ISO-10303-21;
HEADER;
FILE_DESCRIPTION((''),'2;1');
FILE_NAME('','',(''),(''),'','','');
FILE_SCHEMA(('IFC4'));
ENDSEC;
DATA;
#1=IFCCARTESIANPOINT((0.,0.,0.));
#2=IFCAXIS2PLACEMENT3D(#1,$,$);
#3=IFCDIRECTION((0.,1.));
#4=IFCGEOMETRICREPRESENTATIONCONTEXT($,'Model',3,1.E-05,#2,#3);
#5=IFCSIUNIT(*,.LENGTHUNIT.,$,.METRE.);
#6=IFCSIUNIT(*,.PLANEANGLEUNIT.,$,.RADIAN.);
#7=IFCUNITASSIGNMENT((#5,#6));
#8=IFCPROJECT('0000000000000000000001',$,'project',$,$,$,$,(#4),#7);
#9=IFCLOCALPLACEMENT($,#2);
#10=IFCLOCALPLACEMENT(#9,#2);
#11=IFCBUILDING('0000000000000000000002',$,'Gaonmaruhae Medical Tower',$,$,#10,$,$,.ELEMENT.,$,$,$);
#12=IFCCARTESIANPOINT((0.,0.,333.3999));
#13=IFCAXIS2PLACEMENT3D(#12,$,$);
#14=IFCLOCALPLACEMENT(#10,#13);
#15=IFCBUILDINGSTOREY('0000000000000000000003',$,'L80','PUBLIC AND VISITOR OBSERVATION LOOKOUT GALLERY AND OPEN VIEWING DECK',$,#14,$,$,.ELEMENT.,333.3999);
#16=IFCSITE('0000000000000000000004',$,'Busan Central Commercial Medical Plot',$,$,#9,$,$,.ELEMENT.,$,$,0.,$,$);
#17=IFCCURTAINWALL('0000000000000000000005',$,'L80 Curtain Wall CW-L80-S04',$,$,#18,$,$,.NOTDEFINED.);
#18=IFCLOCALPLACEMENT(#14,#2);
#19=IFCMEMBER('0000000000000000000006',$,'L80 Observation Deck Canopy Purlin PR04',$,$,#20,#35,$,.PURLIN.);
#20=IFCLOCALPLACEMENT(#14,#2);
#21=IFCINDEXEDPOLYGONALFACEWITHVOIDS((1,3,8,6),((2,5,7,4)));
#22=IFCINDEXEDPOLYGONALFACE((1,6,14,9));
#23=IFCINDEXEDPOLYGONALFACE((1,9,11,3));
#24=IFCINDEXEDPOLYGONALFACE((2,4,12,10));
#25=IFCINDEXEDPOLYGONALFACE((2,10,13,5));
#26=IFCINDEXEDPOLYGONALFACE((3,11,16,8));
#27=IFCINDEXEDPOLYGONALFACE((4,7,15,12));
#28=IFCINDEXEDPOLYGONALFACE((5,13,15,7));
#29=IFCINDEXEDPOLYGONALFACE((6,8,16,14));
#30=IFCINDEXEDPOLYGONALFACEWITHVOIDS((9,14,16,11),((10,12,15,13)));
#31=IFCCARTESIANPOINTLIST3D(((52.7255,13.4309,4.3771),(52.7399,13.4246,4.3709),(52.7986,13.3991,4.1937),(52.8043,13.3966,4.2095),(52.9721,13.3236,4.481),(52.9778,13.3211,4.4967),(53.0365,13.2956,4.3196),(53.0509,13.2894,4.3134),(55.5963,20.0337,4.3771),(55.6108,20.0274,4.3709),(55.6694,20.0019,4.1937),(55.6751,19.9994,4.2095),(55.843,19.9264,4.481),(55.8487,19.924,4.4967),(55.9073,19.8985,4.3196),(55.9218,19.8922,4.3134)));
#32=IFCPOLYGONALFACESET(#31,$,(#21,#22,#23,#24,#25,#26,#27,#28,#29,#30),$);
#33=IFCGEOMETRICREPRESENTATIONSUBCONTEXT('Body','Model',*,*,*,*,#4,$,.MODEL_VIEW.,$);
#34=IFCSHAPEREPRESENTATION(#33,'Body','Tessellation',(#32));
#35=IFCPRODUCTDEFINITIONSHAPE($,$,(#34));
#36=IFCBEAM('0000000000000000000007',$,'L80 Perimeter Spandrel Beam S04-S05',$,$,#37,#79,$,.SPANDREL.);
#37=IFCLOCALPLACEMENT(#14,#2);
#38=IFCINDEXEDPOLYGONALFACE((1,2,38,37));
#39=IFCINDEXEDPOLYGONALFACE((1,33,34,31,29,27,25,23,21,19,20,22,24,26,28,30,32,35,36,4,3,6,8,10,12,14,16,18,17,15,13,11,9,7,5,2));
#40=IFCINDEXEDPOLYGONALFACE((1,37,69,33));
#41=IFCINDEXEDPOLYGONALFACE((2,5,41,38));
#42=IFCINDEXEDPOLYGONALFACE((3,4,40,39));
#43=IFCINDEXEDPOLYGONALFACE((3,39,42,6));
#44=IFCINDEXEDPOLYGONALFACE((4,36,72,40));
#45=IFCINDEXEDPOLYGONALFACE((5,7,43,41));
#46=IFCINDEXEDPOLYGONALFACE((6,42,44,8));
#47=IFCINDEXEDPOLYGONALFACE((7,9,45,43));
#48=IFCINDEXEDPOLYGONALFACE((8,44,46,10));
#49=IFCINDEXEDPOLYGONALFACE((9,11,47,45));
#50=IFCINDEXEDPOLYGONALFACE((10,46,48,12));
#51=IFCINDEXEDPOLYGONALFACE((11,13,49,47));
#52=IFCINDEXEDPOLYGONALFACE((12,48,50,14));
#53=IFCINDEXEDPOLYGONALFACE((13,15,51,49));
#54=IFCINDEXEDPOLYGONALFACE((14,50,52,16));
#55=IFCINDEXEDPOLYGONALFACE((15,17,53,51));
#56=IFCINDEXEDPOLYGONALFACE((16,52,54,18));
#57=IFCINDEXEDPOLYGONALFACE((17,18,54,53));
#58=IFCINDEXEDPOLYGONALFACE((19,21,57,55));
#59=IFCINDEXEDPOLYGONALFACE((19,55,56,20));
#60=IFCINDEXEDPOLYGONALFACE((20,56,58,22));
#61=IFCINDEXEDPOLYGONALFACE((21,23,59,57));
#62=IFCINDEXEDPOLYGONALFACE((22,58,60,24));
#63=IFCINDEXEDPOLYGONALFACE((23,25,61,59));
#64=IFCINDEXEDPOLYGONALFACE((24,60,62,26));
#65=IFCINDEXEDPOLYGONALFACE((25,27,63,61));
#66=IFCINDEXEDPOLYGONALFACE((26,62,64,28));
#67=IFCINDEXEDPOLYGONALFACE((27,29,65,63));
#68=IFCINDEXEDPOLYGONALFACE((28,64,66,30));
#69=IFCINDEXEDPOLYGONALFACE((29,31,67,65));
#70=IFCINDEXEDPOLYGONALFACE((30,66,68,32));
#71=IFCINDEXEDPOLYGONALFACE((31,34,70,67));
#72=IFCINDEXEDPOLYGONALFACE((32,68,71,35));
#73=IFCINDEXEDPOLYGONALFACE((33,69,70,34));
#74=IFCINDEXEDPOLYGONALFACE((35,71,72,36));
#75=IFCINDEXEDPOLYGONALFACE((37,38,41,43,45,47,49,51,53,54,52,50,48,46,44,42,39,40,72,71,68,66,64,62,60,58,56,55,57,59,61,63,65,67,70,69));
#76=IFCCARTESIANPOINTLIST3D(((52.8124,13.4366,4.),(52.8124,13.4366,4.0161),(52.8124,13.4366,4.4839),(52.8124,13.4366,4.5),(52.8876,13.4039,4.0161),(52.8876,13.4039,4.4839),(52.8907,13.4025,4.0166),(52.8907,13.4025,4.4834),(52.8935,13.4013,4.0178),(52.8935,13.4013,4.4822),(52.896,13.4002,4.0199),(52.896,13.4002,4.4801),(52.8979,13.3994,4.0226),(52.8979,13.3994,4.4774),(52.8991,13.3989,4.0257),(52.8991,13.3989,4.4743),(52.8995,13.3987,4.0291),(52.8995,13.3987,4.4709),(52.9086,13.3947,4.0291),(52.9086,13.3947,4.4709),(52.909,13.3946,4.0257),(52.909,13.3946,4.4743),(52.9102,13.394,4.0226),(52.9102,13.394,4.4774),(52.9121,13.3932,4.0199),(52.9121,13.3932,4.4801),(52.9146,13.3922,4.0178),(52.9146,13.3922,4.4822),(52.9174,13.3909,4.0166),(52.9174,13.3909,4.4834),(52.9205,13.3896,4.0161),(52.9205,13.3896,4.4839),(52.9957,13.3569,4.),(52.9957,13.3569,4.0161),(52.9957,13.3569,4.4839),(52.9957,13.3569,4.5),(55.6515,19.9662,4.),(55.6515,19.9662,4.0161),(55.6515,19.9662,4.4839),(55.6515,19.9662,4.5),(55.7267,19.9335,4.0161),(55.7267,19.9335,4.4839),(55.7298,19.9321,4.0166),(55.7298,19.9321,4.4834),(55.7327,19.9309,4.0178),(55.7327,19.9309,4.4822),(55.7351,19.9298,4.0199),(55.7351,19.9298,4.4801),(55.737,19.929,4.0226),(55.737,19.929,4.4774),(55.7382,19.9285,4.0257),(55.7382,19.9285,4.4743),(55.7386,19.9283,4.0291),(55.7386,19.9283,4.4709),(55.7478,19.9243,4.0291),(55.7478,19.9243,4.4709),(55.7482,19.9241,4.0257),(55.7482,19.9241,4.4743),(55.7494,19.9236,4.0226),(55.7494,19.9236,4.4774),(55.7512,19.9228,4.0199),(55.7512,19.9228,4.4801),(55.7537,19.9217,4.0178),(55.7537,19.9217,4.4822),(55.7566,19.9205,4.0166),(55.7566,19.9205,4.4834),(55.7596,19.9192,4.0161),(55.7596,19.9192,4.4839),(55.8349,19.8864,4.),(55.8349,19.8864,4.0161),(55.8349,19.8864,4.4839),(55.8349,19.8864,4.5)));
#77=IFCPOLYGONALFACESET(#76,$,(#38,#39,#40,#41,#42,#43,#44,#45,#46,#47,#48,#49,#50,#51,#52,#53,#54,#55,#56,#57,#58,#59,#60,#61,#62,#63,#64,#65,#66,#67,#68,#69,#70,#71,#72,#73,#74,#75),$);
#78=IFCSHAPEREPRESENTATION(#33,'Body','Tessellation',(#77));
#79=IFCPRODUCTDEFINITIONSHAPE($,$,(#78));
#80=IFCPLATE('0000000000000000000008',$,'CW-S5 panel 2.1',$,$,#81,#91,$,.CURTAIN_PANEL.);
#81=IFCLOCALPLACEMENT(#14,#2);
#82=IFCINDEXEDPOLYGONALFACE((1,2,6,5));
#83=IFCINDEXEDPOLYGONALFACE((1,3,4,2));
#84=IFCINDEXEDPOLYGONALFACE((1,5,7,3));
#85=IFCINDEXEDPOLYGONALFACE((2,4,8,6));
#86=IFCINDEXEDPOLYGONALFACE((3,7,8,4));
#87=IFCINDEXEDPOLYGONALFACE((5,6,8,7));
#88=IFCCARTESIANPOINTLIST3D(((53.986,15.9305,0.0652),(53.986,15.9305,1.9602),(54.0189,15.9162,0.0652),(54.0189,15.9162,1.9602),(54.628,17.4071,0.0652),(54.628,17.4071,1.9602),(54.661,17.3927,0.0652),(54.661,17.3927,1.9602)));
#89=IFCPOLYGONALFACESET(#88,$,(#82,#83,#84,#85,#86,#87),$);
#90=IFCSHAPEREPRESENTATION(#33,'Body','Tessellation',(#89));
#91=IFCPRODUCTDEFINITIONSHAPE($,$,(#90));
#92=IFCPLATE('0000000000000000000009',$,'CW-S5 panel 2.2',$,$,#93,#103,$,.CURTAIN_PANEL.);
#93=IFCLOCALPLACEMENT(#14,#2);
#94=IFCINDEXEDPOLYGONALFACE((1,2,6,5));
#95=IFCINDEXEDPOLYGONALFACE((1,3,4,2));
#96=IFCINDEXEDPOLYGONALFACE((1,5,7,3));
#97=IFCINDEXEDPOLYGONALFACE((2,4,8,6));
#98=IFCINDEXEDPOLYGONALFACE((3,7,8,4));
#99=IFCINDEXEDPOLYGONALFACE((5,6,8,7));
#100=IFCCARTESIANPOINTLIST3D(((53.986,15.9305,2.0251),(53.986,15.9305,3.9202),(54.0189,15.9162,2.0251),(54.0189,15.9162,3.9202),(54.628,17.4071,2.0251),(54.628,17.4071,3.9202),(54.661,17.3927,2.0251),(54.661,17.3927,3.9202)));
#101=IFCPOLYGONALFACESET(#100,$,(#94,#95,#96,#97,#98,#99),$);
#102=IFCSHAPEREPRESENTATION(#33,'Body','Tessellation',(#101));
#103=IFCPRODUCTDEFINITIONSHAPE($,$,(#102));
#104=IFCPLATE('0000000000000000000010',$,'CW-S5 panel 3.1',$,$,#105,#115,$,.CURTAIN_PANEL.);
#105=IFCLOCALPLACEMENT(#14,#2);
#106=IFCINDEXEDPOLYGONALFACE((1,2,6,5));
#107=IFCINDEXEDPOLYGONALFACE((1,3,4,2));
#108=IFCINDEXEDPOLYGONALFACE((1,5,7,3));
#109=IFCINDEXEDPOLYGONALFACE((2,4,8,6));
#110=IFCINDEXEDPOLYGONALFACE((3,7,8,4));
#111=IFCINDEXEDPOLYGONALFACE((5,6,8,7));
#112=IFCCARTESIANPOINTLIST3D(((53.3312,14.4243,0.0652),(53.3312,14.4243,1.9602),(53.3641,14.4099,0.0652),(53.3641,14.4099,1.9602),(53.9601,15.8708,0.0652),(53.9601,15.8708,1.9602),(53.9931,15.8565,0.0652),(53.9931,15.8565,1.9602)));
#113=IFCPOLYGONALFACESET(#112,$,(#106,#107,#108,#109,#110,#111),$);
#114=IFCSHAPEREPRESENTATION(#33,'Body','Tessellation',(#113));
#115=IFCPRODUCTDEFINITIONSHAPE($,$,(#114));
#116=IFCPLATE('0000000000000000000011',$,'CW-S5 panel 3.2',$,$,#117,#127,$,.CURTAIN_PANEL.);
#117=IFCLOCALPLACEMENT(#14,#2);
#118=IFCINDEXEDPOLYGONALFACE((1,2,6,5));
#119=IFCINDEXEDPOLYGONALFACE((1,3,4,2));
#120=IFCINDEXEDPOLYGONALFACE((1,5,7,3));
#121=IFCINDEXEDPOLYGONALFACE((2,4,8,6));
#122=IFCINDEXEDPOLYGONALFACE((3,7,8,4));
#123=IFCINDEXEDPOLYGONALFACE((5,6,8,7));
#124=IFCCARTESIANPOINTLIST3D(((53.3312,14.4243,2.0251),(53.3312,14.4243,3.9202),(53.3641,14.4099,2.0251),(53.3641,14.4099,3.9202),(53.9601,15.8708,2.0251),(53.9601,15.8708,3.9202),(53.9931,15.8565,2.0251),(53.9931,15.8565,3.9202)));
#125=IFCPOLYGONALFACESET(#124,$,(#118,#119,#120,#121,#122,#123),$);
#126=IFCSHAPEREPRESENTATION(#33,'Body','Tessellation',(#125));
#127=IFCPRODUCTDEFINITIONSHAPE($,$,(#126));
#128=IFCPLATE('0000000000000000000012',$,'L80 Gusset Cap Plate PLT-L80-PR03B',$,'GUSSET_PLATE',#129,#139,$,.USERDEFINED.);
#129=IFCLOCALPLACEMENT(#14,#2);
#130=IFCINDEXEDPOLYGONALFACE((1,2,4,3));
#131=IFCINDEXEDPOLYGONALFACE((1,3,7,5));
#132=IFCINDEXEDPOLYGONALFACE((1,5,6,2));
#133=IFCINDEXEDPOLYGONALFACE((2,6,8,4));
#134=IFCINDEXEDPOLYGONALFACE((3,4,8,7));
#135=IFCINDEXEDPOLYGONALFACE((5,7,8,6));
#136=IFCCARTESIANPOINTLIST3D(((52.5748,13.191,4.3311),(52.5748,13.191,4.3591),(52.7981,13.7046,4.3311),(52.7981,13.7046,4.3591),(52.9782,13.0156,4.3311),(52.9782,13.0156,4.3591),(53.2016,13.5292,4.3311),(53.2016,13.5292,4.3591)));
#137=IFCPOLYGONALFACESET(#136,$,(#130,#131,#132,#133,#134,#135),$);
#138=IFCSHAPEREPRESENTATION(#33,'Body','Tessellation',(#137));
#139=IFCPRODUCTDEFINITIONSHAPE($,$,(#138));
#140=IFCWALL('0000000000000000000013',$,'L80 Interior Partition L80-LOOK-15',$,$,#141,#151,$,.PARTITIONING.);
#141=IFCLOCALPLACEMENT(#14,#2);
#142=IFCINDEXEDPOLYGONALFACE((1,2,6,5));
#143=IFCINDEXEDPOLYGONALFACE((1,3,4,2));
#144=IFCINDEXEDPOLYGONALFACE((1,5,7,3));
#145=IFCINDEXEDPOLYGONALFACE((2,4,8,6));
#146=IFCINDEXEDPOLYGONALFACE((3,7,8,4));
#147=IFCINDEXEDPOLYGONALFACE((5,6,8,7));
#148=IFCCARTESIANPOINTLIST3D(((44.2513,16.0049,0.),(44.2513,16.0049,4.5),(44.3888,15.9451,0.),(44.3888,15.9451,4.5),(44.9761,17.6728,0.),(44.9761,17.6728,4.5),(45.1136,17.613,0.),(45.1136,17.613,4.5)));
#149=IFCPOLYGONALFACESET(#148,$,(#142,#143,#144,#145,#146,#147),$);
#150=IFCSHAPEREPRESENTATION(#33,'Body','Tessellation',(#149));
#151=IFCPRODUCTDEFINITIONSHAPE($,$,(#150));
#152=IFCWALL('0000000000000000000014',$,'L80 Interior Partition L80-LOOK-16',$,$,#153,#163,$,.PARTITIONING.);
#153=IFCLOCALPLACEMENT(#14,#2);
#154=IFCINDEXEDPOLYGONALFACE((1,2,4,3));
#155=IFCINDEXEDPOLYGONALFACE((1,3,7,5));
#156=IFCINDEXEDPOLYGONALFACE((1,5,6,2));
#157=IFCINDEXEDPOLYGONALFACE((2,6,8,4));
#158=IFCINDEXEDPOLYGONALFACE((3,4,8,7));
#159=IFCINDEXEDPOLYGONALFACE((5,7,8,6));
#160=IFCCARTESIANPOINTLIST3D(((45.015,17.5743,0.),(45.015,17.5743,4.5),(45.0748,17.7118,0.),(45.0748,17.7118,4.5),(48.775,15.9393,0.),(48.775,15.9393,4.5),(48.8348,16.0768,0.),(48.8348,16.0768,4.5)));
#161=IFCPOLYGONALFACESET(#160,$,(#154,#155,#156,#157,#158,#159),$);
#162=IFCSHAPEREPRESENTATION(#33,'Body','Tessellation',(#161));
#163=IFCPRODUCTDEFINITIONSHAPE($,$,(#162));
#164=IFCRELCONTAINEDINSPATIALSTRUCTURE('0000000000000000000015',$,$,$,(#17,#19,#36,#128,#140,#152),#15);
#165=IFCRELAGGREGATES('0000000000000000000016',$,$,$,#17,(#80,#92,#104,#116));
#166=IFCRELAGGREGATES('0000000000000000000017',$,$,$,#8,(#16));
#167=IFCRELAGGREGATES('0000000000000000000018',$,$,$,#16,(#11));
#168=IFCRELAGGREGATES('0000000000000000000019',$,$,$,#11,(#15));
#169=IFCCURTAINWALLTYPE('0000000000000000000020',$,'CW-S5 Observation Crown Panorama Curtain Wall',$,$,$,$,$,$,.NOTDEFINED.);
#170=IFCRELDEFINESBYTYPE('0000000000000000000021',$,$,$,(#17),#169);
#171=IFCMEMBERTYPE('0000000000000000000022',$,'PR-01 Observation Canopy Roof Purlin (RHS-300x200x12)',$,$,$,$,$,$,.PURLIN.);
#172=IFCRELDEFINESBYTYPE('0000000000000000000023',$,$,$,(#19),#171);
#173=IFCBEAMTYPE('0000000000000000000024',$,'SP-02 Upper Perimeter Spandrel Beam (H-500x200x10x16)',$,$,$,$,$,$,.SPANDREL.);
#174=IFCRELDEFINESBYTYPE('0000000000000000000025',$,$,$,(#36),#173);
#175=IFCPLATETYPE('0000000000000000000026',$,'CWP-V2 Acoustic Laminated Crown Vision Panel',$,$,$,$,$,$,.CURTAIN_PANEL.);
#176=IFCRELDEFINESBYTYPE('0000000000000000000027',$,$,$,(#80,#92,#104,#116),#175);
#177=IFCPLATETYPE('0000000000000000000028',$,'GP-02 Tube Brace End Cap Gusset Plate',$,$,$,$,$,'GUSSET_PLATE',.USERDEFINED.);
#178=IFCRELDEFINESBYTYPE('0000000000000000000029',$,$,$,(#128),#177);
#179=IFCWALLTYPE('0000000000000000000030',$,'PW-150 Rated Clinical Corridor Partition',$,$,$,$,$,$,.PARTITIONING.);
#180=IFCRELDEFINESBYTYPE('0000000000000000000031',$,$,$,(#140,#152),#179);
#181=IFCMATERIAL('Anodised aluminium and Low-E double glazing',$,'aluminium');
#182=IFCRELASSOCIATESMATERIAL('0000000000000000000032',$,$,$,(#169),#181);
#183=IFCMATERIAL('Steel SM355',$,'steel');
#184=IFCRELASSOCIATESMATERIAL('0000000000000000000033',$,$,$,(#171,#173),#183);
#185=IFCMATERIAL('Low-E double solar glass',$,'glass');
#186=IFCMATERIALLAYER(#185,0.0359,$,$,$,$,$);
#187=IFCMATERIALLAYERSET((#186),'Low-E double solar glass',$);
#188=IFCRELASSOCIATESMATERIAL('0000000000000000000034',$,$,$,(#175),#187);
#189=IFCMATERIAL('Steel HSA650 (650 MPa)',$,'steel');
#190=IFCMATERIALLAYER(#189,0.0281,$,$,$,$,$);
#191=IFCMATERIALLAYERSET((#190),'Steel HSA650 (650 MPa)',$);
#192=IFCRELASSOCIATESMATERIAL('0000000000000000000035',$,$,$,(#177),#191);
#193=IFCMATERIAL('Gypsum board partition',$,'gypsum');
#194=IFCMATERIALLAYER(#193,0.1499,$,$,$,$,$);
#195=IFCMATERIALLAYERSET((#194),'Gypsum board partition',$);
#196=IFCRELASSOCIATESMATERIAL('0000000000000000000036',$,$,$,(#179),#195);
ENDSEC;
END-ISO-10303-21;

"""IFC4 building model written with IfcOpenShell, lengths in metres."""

from ifc_helpers import new_model, si_unit, direction, frame, frame_2d, origin, origin_2d, place, context, subcontext, project, spatial, rectangle, hollow_rectangle, i_section, extrude, material, layer, layer_set, material_profile, profile_set, type_object, element, aggregate, save


model = new_model("IFC4")

# Units and contexts
model_context = context("Model", 3, precision=1e-05, world=origin(), true_north=direction((0.0, 1.0)))
body_context = subcontext(model_context, "Body", "Model", "MODEL_VIEW")
ifc_project = project(units=[si_unit("LENGTHUNIT", "METRE"), si_unit("PLANEANGLEUNIT", "RADIAN")], contexts=[model_context])

# Site, building, storey
site_placement = place(None, origin())
site = spatial("IfcSite", under=ifc_project, at=site_placement, Name="Busan Central Commercial Medical Plot", CompositionType="ELEMENT", RefElevation=0.0)
building_placement = place(site_placement, origin())
building = spatial("IfcBuilding", under=site, at=building_placement, Name="Gaonmaruhae Medical Tower", CompositionType="ELEMENT")
storey_placement = place(building_placement, frame((0.0, 0.0, 333.3999)))
storey = spatial("IfcBuildingStorey", under=building, at=storey_placement, Name="L80", Description="PUBLIC AND VISITOR OBSERVATION LOOKOUT GALLERY AND OPEN VIEWING DECK", CompositionType="ELEMENT", Elevation=333.3999)

# Curtain wall
ifc_material_1 = material(Name="Anodised aluminium and Low-E double glazing", Category="aluminium")
curtain_wall_type = type_object("IfcCurtainWallType", Name="CW-S5 Observation Crown Panorama Curtain Wall", PredefinedType="NOTDEFINED", material=ifc_material_1)
curtain_wall_placement = place(storey_placement, origin())
curtain_wall = element("IfcCurtainWall", 1, at=curtain_wall_placement, inside=storey, type_object=curtain_wall_type, Name="L80 Curtain Wall CW-L80-S04", PredefinedType="NOTDEFINED")

# Shared definitions
ifc_material_2 = material(Name="Steel SM355", Category="steel")

# Member
ifc_material_profile_1 = material_profile(ifc_material_2, hollow_rectangle(XDim=0.2, YDim=0.3, WallThickness=0.012, at=origin_2d()), Name="RHS-300x200x12")
ifc_profile_set_1 = profile_set([ifc_material_profile_1], Name="Steel SM355")
member_type_1 = type_object("IfcMemberType", Name="PR-01 Observation Canopy Roof Purlin (RHS-300x200x12)", PredefinedType="PURLIN", material=ifc_profile_set_1)
member_1_placement = place(storey_placement, frame((52.8882, 13.3601, 4.3452), z_axis=(0.398735, 0.917066, 0.0), x_axis=(-0.365679, 0.158995, 0.91706)))
element("IfcMember", 2, at=member_1_placement, inside=storey, type_object=member_type_1, Name="L80 Observation Deck Canopy Purlin PR04", PredefinedType="PURLIN", context=body_context, shape_type="SweptSolid", body=[
    extrude(hollow_rectangle(XDim=0.2, YDim=0.3, WallThickness=0.012, at=origin_2d()), origin(), (0.0, 0.0, 1.0), 7.2),
])

# Beam
ifc_material_profile_2 = material_profile(ifc_material_2, i_section(OverallWidth=0.2, OverallDepth=0.5, WebThickness=0.01, FlangeThickness=0.0161, FilletRadius=0.0129, at=origin_2d()), Name="H-500x200x10x16")
ifc_profile_set_2 = profile_set([ifc_material_profile_2], Name="Steel SM355")
beam_type_1 = type_object("IfcBeamType", Name="SP-02 Upper Perimeter Spandrel Beam (H-500x200x10x16)", PredefinedType="SPANDREL", material=ifc_profile_set_2)
beam_1_placement = place(storey_placement, frame((52.9041, 13.3967, 4.25), z_axis=(0.398747, 0.917061, 0.0), x_axis=(-0.917061, 0.398747, 0.0)))
element("IfcBeam", 3, at=beam_1_placement, inside=storey, type_object=beam_type_1, Name="L80 Perimeter Spandrel Beam S04-S05", PredefinedType="SPANDREL", context=body_context, shape_type="SweptSolid", body=[
    extrude(i_section(OverallWidth=0.2, OverallDepth=0.5, WebThickness=0.01, FlangeThickness=0.0161, FilletRadius=0.0129, at=origin_2d()), origin(), (0.0, 0.0, 1.0), 7.1201),
])

# Plates
ifc_material_3 = material(Name="Low-E double solar glass", Category="glass")
ifc_layer_1 = layer(ifc_material_3, 0.0359)
ifc_layer_set_1 = layer_set([ifc_layer_1], Name="Low-E double solar glass")
plate_type_1 = type_object("IfcPlateType", Name="CWP-V2 Acoustic Laminated Crown Vision Panel", PredefinedType="CURTAIN_PANEL", material=ifc_layer_set_1)
plate_1_placement = place(storey_placement, frame((54.3235, 16.6616, 0.0652), z_axis=(0.0, 0.0, 1.0), x_axis=(-0.398749, -0.91706, 0.0)))
plate_1 = element("IfcPlate", 4, at=plate_1_placement, type_object=plate_type_1, Name="CW-S5 panel 2.1", PredefinedType="CURTAIN_PANEL", context=body_context, shape_type="SweptSolid", body=[
    extrude(rectangle(XDim=1.6101, YDim=0.0359, at=origin_2d()), origin(), (0.0, 0.0, 1.0), 1.895),
])
plate_2_placement = place(storey_placement, frame((54.3235, 16.6616, 2.0251), z_axis=(0.0, 0.0, 1.0), x_axis=(-0.398749, -0.91706, 0.0)))
plate_2 = element("IfcPlate", 5, at=plate_2_placement, type_object=plate_type_1, Name="CW-S5 panel 2.2", PredefinedType="CURTAIN_PANEL", context=body_context, shape_type="SweptSolid", body=[
    extrude(rectangle(XDim=1.6101, YDim=0.0359, at=origin_2d()), origin(), (0.0, 0.0, 1.0), 1.895),
])
plate_3_placement = place(storey_placement, frame((53.6621, 15.1404, 0.0652), z_axis=(0.0, 0.0, 1.0), x_axis=(-0.398749, -0.91706, 0.0)))
plate_3 = element("IfcPlate", 6, at=plate_3_placement, type_object=plate_type_1, Name="CW-S5 panel 3.1", PredefinedType="CURTAIN_PANEL", context=body_context, shape_type="SweptSolid", body=[
    extrude(rectangle(XDim=1.5774, YDim=0.0359, at=origin_2d()), origin(), (0.0, 0.0, 1.0), 1.895),
])
plate_4_placement = place(storey_placement, frame((53.6621, 15.1404, 2.0251), z_axis=(0.0, 0.0, 1.0), x_axis=(-0.398749, -0.91706, 0.0)))
plate_4 = element("IfcPlate", 7, at=plate_4_placement, type_object=plate_type_1, Name="CW-S5 panel 3.2", PredefinedType="CURTAIN_PANEL", context=body_context, shape_type="SweptSolid", body=[
    extrude(rectangle(XDim=1.5774, YDim=0.0359, at=origin_2d()), origin(), (0.0, 0.0, 1.0), 1.895),
])
aggregate(curtain_wall, [plate_1, plate_2, plate_3, plate_4])
ifc_material_4 = material(Name="Steel HSA650 (650 MPa)", Category="steel")
ifc_layer_2 = layer(ifc_material_4, 0.0281)
ifc_layer_set_2 = layer_set([ifc_layer_2], Name="Steel HSA650 (650 MPa)")
plate_type_2 = type_object("IfcPlateType", Name="GP-02 Tube Brace End Cap Gusset Plate", ElementType="GUSSET_PLATE", PredefinedType="USERDEFINED", material=ifc_layer_set_2)
plate_5_placement = place(storey_placement, frame((52.8882, 13.3601, 4.3311), z_axis=(0.0, 0.0, 1.0), x_axis=(0.398749, 0.91706, 0.0)))
element("IfcPlate", 8, at=plate_5_placement, inside=storey, type_object=plate_type_2, Name="L80 Gusset Cap Plate PLT-L80-PR03B", ObjectType="GUSSET_PLATE", PredefinedType="USERDEFINED", context=body_context, shape_type="SweptSolid", body=[
    extrude(rectangle(XDim=0.5601, YDim=0.4399, at=origin_2d()), origin(), (0.0, 0.0, 1.0), 0.0281),
])

# Walls
ifc_material_5 = material(Name="Gypsum board partition", Category="gypsum")
ifc_layer_3 = layer(ifc_material_5, 0.1499)
ifc_layer_set_3 = layer_set([ifc_layer_3], Name="Gypsum board partition")
wall_type = type_object("IfcWallType", Name="PW-150 Rated Clinical Corridor Partition", PredefinedType="PARTITIONING", material=ifc_layer_set_3)
wall_1_placement = place(storey_placement, frame((44.3201, 15.9751, 0.0), z_axis=(0.0, 0.0, 1.0), x_axis=(0.398564, 0.91714, 0.0)))
element("IfcWall", 9, at=wall_1_placement, inside=storey, type_object=wall_type, Name="L80 Interior Partition L80-LOOK-15", PredefinedType="PARTITIONING", context=body_context, shape_type="SweptSolid", body=[
    extrude(rectangle(XDim=1.8186, YDim=0.1499, at=frame_2d((0.9092, 0.0))), origin(), (0.0, 0.0, 1.0), 4.5),
])
wall_2_placement = place(storey_placement, frame((45.0449, 17.6431, 0.0), z_axis=(0.0, 0.0, 1.0), x_axis=(0.91705, -0.398772, 0.0)))
element("IfcWall", 10, at=wall_2_placement, inside=storey, type_object=wall_type, Name="L80 Interior Partition L80-LOOK-16", PredefinedType="PARTITIONING", context=body_context, shape_type="SweptSolid", body=[
    extrude(rectangle(XDim=4.1001, YDim=0.1499, at=frame_2d((2.05, 0.0))), origin(), (0.0, 0.0, 1.0), 4.5),
])

save(model, "model.ifc")
